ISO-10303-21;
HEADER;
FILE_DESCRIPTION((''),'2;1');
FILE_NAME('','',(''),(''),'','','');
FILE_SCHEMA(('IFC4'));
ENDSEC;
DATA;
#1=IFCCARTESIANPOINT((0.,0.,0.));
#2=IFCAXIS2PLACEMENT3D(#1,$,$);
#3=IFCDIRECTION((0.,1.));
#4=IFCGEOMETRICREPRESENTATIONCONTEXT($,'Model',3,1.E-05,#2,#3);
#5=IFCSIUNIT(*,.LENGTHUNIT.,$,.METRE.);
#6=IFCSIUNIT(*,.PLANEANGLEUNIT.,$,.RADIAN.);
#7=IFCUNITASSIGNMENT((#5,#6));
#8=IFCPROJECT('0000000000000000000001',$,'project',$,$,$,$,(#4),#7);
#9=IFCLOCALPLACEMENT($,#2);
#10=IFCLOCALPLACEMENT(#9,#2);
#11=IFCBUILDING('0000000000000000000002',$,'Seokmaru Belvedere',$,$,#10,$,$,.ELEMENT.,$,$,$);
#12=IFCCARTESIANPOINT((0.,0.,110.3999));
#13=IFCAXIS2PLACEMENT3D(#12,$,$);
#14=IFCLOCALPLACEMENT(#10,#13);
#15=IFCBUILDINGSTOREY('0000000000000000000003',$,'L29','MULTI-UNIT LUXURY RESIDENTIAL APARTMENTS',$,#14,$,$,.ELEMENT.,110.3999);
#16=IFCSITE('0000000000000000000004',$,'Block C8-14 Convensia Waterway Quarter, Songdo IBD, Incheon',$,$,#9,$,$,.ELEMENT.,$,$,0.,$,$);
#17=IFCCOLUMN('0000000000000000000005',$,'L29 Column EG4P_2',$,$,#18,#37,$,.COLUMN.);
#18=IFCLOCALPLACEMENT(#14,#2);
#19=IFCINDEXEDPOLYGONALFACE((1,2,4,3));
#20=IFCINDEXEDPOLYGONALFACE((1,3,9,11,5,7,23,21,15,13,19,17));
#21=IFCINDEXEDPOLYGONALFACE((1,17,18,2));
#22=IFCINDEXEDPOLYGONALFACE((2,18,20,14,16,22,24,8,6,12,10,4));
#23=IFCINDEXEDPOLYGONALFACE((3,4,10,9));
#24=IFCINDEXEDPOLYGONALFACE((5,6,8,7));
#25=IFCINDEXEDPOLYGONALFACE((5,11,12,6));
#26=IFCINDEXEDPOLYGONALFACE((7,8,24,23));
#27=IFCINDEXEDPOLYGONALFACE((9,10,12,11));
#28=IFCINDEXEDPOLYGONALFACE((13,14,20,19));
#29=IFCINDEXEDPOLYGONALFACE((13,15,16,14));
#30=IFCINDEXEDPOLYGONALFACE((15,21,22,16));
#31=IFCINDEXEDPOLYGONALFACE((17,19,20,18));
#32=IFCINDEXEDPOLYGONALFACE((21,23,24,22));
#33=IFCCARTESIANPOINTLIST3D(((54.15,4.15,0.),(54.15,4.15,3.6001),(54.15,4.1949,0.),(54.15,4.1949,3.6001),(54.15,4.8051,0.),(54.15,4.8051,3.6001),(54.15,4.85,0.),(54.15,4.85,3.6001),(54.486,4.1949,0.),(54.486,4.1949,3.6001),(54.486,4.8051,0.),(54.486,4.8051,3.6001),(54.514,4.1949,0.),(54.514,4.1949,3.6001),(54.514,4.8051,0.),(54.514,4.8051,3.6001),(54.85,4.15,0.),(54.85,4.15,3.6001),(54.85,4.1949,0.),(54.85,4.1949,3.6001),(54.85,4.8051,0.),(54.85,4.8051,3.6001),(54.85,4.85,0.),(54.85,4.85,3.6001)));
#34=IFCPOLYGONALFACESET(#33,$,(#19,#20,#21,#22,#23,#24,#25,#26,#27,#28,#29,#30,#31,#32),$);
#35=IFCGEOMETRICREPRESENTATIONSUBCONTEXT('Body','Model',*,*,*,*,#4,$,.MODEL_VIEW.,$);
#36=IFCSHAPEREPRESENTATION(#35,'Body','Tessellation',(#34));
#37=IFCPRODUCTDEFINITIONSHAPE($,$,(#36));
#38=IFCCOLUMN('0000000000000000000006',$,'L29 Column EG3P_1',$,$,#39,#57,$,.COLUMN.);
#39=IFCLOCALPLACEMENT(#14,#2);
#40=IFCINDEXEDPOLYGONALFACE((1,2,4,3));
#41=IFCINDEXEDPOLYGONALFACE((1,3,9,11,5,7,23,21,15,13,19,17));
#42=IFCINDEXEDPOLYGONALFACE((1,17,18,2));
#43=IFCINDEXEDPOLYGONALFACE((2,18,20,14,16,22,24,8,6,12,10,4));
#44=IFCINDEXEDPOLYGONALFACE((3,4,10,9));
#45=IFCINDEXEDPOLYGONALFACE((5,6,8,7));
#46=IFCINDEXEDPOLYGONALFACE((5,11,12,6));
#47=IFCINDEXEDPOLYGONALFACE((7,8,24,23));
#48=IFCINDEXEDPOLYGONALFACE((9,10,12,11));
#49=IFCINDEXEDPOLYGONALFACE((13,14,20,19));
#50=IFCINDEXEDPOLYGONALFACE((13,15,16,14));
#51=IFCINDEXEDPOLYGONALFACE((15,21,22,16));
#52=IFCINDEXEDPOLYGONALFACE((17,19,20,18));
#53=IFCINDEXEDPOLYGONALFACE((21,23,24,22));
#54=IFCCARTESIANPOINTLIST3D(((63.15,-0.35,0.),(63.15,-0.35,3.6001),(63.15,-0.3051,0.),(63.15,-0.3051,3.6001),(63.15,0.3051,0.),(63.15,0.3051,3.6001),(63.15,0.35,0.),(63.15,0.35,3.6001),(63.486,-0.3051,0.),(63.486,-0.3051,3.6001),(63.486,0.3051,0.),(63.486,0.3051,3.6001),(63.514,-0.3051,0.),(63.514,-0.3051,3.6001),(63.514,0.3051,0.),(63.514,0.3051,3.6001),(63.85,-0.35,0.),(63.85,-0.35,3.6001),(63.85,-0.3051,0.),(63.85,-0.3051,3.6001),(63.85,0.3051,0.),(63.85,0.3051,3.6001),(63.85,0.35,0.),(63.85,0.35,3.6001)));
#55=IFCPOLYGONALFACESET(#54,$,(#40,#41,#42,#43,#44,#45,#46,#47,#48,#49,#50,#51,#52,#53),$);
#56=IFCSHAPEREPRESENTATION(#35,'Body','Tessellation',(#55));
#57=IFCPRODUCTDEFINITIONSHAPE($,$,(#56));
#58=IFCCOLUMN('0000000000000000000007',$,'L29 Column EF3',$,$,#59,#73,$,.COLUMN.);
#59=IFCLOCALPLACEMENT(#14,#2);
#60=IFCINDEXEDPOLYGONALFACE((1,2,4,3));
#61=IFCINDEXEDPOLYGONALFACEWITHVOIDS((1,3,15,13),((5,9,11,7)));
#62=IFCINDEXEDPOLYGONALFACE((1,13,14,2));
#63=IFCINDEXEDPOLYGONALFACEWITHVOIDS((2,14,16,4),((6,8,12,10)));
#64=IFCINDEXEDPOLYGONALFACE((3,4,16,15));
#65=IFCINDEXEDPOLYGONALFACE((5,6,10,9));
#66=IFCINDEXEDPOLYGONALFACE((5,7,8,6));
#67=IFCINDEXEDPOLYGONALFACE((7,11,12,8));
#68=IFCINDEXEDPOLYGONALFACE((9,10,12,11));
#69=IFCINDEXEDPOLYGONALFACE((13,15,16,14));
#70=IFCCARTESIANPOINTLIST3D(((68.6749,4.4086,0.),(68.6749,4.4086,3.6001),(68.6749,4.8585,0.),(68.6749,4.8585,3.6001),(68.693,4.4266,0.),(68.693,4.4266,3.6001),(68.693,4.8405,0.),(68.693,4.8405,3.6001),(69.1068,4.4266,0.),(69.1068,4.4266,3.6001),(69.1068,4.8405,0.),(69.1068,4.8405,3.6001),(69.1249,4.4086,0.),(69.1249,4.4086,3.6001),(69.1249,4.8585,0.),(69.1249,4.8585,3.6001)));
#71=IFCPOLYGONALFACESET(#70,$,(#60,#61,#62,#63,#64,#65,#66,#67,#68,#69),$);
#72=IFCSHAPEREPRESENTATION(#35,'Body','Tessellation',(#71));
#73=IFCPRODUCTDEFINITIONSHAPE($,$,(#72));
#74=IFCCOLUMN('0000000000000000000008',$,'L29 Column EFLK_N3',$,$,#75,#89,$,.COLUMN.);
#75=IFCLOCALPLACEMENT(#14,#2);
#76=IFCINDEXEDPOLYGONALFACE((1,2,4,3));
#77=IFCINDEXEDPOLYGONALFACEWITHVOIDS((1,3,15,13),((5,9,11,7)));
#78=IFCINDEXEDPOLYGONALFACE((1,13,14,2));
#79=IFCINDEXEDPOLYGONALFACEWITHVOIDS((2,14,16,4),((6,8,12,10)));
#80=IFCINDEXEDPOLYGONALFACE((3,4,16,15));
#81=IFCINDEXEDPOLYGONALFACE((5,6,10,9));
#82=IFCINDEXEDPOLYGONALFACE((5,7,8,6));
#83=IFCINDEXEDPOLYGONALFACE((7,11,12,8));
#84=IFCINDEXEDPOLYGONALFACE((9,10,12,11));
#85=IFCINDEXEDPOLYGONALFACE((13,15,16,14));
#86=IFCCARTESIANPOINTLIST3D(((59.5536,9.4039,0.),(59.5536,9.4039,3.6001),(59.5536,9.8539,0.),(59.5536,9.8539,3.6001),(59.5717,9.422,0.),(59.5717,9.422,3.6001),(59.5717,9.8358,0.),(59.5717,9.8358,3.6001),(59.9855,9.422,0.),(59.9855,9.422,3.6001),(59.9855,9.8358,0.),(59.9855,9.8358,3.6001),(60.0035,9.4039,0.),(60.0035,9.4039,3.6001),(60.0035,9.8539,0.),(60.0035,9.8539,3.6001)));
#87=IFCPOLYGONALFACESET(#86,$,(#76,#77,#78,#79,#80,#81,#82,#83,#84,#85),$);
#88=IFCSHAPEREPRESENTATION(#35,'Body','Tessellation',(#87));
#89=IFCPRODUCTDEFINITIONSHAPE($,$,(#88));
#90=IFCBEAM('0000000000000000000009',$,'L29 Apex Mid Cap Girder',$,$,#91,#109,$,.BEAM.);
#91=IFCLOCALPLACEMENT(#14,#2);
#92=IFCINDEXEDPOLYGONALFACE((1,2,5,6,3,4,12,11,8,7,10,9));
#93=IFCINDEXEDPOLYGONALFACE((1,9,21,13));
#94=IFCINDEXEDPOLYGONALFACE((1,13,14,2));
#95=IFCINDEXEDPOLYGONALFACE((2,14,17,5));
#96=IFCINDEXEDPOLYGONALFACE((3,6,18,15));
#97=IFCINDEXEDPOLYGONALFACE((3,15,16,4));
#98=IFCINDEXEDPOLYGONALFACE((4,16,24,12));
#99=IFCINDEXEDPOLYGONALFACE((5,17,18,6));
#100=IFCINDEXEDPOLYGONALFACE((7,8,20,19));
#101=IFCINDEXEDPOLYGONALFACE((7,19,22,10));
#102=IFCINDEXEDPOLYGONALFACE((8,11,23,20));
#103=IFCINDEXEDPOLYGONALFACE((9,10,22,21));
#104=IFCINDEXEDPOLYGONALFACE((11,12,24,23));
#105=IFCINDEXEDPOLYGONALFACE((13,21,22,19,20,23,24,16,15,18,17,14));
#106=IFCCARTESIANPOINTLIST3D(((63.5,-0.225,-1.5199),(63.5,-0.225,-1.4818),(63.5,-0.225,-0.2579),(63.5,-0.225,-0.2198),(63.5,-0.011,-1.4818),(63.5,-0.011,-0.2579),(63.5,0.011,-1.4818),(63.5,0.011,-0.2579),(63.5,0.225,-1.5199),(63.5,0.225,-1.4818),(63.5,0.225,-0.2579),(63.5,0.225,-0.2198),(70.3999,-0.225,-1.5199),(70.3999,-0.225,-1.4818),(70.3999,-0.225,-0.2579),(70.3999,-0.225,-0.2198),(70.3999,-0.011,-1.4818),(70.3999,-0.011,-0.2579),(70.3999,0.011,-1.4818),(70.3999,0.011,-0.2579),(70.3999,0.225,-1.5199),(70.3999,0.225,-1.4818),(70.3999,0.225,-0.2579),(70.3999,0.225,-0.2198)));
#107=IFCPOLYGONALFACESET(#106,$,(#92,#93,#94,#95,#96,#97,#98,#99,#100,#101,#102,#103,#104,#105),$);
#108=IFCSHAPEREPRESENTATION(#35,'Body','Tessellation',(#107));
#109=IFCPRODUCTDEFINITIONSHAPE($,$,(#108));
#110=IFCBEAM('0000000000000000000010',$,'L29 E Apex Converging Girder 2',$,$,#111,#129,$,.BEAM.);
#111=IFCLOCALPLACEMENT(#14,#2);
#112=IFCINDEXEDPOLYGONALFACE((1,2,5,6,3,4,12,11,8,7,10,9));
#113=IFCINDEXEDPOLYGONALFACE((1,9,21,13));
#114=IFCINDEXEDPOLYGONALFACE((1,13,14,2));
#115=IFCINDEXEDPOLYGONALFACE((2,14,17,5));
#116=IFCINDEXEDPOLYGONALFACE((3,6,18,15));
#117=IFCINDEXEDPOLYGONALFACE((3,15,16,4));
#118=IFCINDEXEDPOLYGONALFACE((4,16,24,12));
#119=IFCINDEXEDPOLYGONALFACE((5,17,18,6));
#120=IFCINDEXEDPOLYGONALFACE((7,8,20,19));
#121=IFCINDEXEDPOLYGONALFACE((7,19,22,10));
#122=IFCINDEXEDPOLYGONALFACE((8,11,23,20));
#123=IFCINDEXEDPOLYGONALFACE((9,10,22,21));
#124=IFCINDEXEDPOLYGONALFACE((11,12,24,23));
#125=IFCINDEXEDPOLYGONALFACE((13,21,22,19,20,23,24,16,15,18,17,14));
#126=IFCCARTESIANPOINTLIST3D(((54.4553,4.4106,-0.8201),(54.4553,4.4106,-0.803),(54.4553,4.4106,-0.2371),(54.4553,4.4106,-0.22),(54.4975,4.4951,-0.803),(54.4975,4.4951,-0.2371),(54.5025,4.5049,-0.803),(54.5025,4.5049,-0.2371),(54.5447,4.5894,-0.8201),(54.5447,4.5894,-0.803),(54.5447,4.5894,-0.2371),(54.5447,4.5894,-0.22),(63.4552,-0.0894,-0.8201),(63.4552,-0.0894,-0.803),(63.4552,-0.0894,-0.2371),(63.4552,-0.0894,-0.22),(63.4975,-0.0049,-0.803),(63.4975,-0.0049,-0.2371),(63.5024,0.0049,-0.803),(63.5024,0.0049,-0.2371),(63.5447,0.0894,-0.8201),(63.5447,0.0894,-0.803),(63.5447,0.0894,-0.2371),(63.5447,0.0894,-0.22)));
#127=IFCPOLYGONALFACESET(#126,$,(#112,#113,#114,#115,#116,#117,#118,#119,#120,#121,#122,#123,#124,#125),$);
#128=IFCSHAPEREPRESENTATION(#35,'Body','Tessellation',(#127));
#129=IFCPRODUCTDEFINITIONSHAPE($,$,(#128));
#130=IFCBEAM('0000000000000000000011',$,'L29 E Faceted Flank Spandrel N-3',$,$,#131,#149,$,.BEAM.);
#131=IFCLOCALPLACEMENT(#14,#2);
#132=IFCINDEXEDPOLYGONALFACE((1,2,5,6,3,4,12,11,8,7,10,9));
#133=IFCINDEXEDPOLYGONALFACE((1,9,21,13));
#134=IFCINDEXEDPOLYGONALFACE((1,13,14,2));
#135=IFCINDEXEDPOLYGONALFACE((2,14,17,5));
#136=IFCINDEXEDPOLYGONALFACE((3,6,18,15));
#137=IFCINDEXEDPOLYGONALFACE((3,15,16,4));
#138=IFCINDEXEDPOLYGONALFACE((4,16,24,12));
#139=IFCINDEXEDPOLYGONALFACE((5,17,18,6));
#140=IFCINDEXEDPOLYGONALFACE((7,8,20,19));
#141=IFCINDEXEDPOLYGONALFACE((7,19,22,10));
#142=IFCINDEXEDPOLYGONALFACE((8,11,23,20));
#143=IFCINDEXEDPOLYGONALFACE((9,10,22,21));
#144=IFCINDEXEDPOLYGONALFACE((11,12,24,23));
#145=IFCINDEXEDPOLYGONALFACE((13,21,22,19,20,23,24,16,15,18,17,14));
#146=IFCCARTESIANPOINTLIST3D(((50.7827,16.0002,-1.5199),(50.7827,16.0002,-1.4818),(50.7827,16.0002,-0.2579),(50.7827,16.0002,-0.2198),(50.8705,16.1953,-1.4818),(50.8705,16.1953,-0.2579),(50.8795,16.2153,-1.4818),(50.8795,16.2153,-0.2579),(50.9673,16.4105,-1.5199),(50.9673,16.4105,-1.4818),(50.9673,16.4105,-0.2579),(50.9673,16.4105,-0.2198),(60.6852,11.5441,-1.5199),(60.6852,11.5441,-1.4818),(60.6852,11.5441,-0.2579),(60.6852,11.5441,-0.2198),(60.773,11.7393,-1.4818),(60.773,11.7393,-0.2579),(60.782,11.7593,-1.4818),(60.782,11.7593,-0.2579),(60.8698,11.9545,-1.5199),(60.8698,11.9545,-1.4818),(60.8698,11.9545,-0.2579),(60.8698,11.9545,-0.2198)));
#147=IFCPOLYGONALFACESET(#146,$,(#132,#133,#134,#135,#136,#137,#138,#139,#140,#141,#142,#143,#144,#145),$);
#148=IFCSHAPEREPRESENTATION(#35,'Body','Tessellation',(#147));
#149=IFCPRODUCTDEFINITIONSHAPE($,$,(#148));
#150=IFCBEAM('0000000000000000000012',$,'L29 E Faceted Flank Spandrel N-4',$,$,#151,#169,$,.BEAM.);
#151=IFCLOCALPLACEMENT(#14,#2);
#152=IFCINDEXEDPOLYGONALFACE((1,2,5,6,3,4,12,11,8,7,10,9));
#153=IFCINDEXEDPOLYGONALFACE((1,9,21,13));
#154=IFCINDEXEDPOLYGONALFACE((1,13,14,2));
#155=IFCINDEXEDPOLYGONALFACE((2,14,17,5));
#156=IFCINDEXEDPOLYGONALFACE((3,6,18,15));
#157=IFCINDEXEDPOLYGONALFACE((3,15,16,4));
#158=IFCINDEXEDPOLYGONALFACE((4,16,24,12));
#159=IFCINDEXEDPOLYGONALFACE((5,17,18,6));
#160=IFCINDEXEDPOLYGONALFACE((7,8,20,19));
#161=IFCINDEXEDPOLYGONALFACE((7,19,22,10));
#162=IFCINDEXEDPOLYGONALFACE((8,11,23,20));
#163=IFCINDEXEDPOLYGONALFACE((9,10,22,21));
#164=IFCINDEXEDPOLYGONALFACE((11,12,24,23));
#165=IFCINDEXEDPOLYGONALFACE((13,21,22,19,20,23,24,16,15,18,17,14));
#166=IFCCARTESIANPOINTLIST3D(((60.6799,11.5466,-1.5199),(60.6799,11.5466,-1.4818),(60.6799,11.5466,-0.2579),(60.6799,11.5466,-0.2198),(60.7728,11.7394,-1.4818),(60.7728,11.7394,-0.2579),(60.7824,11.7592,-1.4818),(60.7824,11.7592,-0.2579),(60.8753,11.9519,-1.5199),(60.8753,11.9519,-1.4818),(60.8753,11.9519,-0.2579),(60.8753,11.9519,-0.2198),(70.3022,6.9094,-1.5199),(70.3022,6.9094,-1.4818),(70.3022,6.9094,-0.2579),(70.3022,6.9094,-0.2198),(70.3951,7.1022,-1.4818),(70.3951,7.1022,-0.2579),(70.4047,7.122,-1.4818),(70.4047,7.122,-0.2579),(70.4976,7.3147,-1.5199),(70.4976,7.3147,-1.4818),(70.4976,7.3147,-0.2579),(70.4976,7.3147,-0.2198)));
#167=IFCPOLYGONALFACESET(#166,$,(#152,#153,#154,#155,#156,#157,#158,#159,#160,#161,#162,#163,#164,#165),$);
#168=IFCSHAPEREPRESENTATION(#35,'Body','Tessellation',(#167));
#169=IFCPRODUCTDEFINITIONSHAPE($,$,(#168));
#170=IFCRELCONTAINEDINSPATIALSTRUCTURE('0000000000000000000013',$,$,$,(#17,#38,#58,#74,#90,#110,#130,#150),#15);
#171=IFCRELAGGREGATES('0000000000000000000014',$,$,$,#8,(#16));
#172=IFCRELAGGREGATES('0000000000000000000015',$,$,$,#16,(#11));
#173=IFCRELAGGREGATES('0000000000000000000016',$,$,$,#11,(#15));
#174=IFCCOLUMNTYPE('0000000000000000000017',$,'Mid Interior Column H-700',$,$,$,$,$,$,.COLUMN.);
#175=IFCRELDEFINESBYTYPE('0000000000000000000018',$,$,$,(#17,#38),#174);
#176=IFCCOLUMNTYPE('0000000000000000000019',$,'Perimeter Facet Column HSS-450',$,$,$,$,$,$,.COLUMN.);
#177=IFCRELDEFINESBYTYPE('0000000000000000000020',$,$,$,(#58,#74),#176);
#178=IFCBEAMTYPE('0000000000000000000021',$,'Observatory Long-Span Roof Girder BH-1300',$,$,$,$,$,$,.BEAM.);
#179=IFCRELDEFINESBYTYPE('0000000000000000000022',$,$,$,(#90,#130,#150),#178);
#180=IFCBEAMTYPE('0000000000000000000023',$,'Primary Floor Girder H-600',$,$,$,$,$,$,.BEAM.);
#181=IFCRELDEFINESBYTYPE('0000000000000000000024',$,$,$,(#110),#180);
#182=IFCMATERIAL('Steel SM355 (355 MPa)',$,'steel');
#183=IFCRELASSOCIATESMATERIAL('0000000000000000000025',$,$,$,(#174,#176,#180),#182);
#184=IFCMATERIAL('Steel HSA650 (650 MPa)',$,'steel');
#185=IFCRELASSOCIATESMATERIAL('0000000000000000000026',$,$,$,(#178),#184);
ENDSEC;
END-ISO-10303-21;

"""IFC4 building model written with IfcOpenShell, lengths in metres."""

from ifc_helpers import new_model, si_unit, direction, frame, origin, origin_2d, place, context, subcontext, project, spatial, hollow_rectangle, i_section, extrude, source, transform, mapped, material, material_profile, profile_set, type_object, type_shapes, element, save


model = new_model("IFC4")

# Units and contexts
model_context = context("Model", 3, precision=1e-05, world=origin(), true_north=direction((0.0, 1.0)))
body_context = subcontext(model_context, "Body", "Model", "MODEL_VIEW")
ifc_project = project(units=[si_unit("LENGTHUNIT", "METRE"), si_unit("PLANEANGLEUNIT", "RADIAN")], contexts=[model_context])

# Site, building, storey
site_placement = place(None, origin())
site = spatial("IfcSite", under=ifc_project, at=site_placement, Name="Block C8-14 Convensia Waterway Quarter, Songdo IBD, Incheon", CompositionType="ELEMENT", RefElevation=0.0)
building_placement = place(site_placement, origin())
building = spatial("IfcBuilding", under=site, at=building_placement, Name="Seokmaru Belvedere", CompositionType="ELEMENT")
storey_placement = place(building_placement, frame((0.0, 0.0, 110.3999)))
storey = spatial("IfcBuildingStorey", under=building, at=storey_placement, Name="L29", Description="MULTI-UNIT LUXURY RESIDENTIAL APARTMENTS", CompositionType="ELEMENT", Elevation=110.3999)

# Columns
ifc_material_1 = material(Name="Steel SM355 (355 MPa)", Category="steel")
ifc_material_profile_1 = material_profile(ifc_material_1, i_section(OverallWidth=0.7, OverallDepth=0.7, WebThickness=0.0281, FlangeThickness=0.0449, at=origin_2d()), Name="H-700x700x28x45")
ifc_profile_set_1 = profile_set([ifc_material_profile_1], Name="Steel SM355 (355 MPa)")
column_type_1 = type_object("IfcColumnType", Name="Mid Interior Column H-700", PredefinedType="COLUMN", material=ifc_profile_set_1)
shared_shape_1 = source(origin(), body_context, "Body", "SweptSolid", [
    extrude(i_section(OverallWidth=0.7, OverallDepth=0.7, WebThickness=0.0281, FlangeThickness=0.0449, at=origin_2d()), origin(), (0.0, 0.0, 1.0), 3.6001),
])
type_shapes(column_type_1, [shared_shape_1])
for number, where, z_axis, x_axis, name in (
    (1, (54.5, 4.5, 0.0), (0.0, 0.0, 1.0), (1.0, 0.0, 0.0), "L29 Column EG4P_2"),
    (2, (63.5, 0.0, 0.0), (0.0, 0.0, 1.0), (1.0, 0.0, 0.0), "L29 Column EG3P_1"),
):
    element("IfcColumn", number, at=place(storey_placement, frame(where, z_axis=z_axis, x_axis=x_axis)), inside=storey, type_object=column_type_1, Name=name, PredefinedType="COLUMN", context=body_context, shape_type="MappedRepresentation", body=[
        mapped(shared_shape_1, transform((0.0, 0.0, 0.0), scale=1.0)),
    ])
ifc_material_profile_2 = material_profile(ifc_material_1, hollow_rectangle(XDim=0.45, YDim=0.45, WallThickness=0.0181, at=origin_2d()), Name="HSS-450x450x18")
ifc_profile_set_2 = profile_set([ifc_material_profile_2], Name="Steel SM355 (355 MPa)")
column_type_2 = type_object("IfcColumnType", Name="Perimeter Facet Column HSS-450", PredefinedType="COLUMN", material=ifc_profile_set_2)
shared_shape_2 = source(origin(), body_context, "Body", "SweptSolid", [
    extrude(hollow_rectangle(XDim=0.45, YDim=0.45, WallThickness=0.0181, at=origin_2d()), origin(), (0.0, 0.0, 1.0), 3.6001),
])
type_shapes(column_type_2, [shared_shape_2])
for number, where, z_axis, x_axis, name in (
    (3, (68.8999, 4.6335, 0.0), (0.0, 0.0, 1.0), (1.0, 0.0, 0.0), "L29 Column EF3"),
    (4, (59.7786, 9.6289, 0.0), (0.0, 0.0, 1.0), (1.0, 0.0, 0.0), "L29 Column EFLK_N3"),
):
    element("IfcColumn", number, at=place(storey_placement, frame(where, z_axis=z_axis, x_axis=x_axis)), inside=storey, type_object=column_type_2, Name=name, PredefinedType="COLUMN", context=body_context, shape_type="MappedRepresentation", body=[
        mapped(shared_shape_2, transform((0.0, 0.0, 0.0), scale=1.0)),
    ])

# Beams
ifc_material_2 = material(Name="Steel HSA650 (650 MPa)", Category="steel")
ifc_material_profile_3 = material_profile(ifc_material_2, i_section(OverallWidth=0.45, OverallDepth=1.3, WebThickness=0.022, FlangeThickness=0.0381, at=origin_2d()), Name="BH-1300x450x22x38")
ifc_profile_set_3 = profile_set([ifc_material_profile_3], Name="Steel HSA650 (650 MPa)")
beam_type_1 = type_object("IfcBeamType", Name="Observatory Long-Span Roof Girder BH-1300", PredefinedType="BEAM", material=ifc_profile_set_3)
shared_shape_3 = source(origin(), body_context, "Body", "SweptSolid", [
    extrude(i_section(OverallWidth=0.45, OverallDepth=1.3, WebThickness=0.022, FlangeThickness=0.0381, at=origin_2d()), origin(), (0.0, 0.0, 1.0), 6.8999),
])
beam_1_placement = place(storey_placement, frame((70.3999, 0.0, -0.8699), z_axis=(-1.0, 0.0, 0.0), x_axis=(0.0, -1.0, 0.0)))
element("IfcBeam", 5, at=beam_1_placement, inside=storey, type_object=beam_type_1, Name="L29 Apex Mid Cap Girder", PredefinedType="BEAM", context=body_context, shape_type="MappedRepresentation", body=[
    mapped(shared_shape_3, transform((0.0, 0.0, 0.0), scale=1.0)),
])
ifc_material_profile_4 = material_profile(ifc_material_1, i_section(OverallWidth=0.2, OverallDepth=0.6001, WebThickness=0.011, FlangeThickness=0.0171, at=origin_2d()), Name="H-600x200x11x17")
ifc_profile_set_4 = profile_set([ifc_material_profile_4], Name="Steel SM355 (355 MPa)")
beam_type_2 = type_object("IfcBeamType", Name="Primary Floor Girder H-600", PredefinedType="BEAM", material=ifc_profile_set_4)
shared_shape_4 = source(origin(), body_context, "Body", "SweptSolid", [
    extrude(i_section(OverallWidth=0.2, OverallDepth=0.6001, WebThickness=0.011, FlangeThickness=0.0171, at=origin_2d()), origin(), (0.0, 0.0, 1.0), 10.0623),
])
type_shapes(beam_type_2, [shared_shape_4])
beam_2_placement = place(storey_placement, frame((54.5, 4.5, -0.52), z_axis=(0.894427, -0.447214, 0.0), x_axis=(0.447214, 0.894427, 0.0)))
element("IfcBeam", 6, at=beam_2_placement, inside=storey, type_object=beam_type_2, Name="L29 E Apex Converging Girder 2", PredefinedType="BEAM", context=body_context, shape_type="MappedRepresentation", body=[
    mapped(shared_shape_4, transform((0.0, 0.0, 0.0), scale=1.0)),
])
shared_shape_5 = source(origin(), body_context, "Body", "SweptSolid", [
    extrude(i_section(OverallWidth=0.45, OverallDepth=1.3, WebThickness=0.022, FlangeThickness=0.0381, at=origin_2d()), origin(), (0.0, 0.0, 1.0), 10.8589),
])
beam_3_placement = place(storey_placement, frame((50.875, 16.2053, -0.8699), z_axis=(0.911925, -0.410356, 0.0), x_axis=(0.410356, 0.911925, 0.0)))
element("IfcBeam", 7, at=beam_3_placement, inside=storey, type_object=beam_type_1, Name="L29 E Faceted Flank Spandrel N-3", PredefinedType="BEAM", context=body_context, shape_type="MappedRepresentation", body=[
    mapped(shared_shape_5, transform((0.0, 0.0, 0.0), scale=1.0)),
])
shared_shape_6 = source(origin(), body_context, "Body", "SweptSolid", [
    extrude(i_section(OverallWidth=0.45, OverallDepth=1.3, WebThickness=0.022, FlangeThickness=0.0381, at=origin_2d()), origin(), (0.0, 0.0, 1.0), 10.6814),
])
beam_4_placement = place(storey_placement, frame((60.7776, 11.7493, -0.8699), z_axis=(0.900846, -0.434138, 0.0), x_axis=(0.434138, 0.900846, 0.0)))
element("IfcBeam", 8, at=beam_4_placement, inside=storey, type_object=beam_type_1, Name="L29 E Faceted Flank Spandrel N-4", PredefinedType="BEAM", context=body_context, shape_type="MappedRepresentation", body=[
    mapped(shared_shape_6, transform((0.0, 0.0, 0.0), scale=1.0)),
])

save(model, "model.ifc")
